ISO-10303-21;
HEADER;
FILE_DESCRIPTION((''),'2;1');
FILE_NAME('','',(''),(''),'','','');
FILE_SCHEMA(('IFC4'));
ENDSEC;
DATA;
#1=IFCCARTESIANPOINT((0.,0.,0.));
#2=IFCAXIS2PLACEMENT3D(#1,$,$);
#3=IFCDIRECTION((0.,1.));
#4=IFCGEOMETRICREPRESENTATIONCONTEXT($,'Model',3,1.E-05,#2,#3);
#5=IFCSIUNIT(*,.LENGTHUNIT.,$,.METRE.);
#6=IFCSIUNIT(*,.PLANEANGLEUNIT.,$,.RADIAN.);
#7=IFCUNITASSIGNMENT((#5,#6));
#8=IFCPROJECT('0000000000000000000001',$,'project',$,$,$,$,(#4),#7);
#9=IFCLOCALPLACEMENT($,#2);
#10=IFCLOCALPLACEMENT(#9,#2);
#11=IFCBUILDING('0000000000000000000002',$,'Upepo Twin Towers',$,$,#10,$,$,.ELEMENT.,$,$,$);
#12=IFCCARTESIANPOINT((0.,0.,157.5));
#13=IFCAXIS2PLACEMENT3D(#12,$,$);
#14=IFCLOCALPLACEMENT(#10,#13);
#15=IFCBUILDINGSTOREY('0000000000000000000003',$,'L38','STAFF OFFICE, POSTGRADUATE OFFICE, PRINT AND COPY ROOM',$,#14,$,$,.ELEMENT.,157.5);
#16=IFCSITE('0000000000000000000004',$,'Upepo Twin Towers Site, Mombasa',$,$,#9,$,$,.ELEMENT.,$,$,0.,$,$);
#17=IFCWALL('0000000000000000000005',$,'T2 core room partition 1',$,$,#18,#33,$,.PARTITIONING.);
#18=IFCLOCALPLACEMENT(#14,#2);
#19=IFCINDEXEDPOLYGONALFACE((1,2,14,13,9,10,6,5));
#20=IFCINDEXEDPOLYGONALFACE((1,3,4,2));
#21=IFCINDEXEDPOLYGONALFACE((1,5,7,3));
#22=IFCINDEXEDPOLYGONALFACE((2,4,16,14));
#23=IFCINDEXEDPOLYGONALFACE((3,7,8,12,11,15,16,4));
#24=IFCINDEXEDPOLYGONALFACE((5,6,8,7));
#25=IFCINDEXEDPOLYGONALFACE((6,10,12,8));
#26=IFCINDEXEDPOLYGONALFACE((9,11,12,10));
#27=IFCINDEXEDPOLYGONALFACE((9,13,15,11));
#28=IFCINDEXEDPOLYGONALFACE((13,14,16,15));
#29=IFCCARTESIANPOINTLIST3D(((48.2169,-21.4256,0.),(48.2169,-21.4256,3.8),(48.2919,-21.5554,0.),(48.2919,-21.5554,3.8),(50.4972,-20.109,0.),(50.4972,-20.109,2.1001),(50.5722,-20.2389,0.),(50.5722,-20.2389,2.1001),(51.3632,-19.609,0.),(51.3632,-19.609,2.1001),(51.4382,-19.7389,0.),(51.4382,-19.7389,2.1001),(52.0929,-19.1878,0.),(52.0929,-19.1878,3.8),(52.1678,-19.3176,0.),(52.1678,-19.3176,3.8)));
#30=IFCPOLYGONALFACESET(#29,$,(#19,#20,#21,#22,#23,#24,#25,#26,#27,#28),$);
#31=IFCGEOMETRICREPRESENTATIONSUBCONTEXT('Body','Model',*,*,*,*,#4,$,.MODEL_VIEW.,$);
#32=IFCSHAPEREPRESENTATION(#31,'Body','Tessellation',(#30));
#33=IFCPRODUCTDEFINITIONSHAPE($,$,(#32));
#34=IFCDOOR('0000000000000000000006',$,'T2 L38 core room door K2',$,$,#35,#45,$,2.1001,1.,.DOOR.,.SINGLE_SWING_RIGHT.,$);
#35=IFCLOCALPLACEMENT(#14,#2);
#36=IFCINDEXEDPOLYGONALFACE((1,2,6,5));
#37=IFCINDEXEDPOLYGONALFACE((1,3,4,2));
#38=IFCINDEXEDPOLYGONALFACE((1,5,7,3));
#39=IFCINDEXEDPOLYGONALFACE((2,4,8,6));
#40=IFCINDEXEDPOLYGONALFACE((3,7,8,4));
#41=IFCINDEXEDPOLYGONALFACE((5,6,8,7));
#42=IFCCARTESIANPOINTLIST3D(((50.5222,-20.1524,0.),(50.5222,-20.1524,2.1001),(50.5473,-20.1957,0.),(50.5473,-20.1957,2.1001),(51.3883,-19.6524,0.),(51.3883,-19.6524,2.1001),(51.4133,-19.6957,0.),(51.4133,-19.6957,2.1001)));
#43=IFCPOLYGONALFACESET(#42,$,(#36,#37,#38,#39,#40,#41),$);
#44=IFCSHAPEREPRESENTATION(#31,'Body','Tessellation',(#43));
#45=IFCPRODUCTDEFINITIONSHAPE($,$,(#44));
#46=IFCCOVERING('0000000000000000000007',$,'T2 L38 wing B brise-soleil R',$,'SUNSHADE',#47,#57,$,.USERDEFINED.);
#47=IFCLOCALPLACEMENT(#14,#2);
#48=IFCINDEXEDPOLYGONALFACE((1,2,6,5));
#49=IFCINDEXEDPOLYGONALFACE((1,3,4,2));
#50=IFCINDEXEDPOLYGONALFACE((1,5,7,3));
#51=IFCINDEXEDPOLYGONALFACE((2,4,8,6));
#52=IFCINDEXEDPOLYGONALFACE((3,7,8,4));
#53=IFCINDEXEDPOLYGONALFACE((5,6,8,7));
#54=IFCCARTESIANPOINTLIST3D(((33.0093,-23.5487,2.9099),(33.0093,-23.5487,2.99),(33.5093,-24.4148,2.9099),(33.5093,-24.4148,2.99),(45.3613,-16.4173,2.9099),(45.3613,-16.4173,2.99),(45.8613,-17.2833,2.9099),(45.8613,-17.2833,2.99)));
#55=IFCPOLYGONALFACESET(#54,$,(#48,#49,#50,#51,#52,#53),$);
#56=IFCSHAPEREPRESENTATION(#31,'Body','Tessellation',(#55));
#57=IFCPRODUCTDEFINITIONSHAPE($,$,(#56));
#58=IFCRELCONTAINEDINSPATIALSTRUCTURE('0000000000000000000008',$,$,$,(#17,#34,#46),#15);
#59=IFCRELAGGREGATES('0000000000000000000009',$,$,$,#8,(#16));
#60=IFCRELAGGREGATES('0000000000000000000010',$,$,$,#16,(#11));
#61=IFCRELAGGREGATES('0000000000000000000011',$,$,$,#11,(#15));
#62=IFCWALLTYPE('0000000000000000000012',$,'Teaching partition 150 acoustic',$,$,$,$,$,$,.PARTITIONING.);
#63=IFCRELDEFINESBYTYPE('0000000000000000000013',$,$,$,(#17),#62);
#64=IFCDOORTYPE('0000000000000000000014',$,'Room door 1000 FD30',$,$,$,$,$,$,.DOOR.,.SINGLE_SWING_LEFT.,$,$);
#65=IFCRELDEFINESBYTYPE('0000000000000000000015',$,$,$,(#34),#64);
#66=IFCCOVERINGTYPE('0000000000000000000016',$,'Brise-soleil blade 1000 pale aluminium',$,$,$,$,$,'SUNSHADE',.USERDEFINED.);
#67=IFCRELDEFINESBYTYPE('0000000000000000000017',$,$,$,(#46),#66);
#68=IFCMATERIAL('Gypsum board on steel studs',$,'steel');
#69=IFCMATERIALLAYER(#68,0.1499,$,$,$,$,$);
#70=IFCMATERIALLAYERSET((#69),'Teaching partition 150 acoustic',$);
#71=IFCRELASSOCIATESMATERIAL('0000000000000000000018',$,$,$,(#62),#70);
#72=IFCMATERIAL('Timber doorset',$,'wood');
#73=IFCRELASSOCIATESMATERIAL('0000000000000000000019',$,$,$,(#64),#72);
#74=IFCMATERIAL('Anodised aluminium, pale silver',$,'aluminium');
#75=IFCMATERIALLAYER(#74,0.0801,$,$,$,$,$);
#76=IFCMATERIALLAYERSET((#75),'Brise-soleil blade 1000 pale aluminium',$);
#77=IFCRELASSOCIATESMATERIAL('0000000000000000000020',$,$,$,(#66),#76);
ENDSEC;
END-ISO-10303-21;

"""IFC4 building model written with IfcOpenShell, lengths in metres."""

from ifc_helpers import new_model, si_unit, direction, frame, frame_2d, origin, origin_2d, place, context, subcontext, project, spatial, rectangle, extrude, material, layer, layer_set, type_object, element, fill, save


model = new_model("IFC4")

# Units and contexts
model_context = context("Model", 3, precision=1e-05, world=origin(), true_north=direction((0.0, 1.0)))
body_context = subcontext(model_context, "Body", "Model", "MODEL_VIEW")
ifc_project = project(units=[si_unit("LENGTHUNIT", "METRE"), si_unit("PLANEANGLEUNIT", "RADIAN")], contexts=[model_context])

# Site, building, storey
site_placement = place(None, origin())
site = spatial("IfcSite", under=ifc_project, at=site_placement, Name="Upepo Twin Towers Site, Mombasa", CompositionType="ELEMENT", RefElevation=0.0)
building_placement = place(site_placement, origin())
building = spatial("IfcBuilding", under=site, at=building_placement, Name="Upepo Twin Towers", CompositionType="ELEMENT")
storey_placement = place(building_placement, frame((0.0, 0.0, 157.5)))
storey = spatial("IfcBuildingStorey", under=building, at=storey_placement, Name="L38", Description="STAFF OFFICE, POSTGRADUATE OFFICE, PRINT AND COPY ROOM", CompositionType="ELEMENT", Elevation=157.5)

# Wall, opening, door
ifc_material_1 = material(Name="Gypsum board on steel studs", Category="steel")
ifc_layer_1 = layer(ifc_material_1, 0.1499)
ifc_layer_set_1 = layer_set([ifc_layer_1], Name="Teaching partition 150 acoustic")
wall_type_1 = type_object("IfcWallType", Name="Teaching partition 150 acoustic", PredefinedType="PARTITIONING", material=ifc_layer_set_1)
wall_1_placement = place(storey_placement, frame((48.2544, -21.4905, 0.0), z_axis=(0.0, 0.0, 1.0), x_axis=(0.866026, 0.499999, 0.0)))
wall_1 = element("IfcWall", 1, at=wall_1_placement, inside=storey, type_object=wall_type_1, Name="T2 core room partition 1", PredefinedType="PARTITIONING", context=body_context, shape_type="SweptSolid", body=[
    extrude(rectangle(XDim=4.4756, YDim=0.1499, at=frame_2d((2.2378, 0.0))), origin(), (0.0, 0.0, 1.0), 3.8),
])
opening_1_placement = place(wall_1_placement, frame((2.6331, 0.0, 0.0)))
opening_1 = element("IfcOpeningElement", 2, at=opening_1_placement, cuts=wall_1, PredefinedType="OPENING", context=body_context, shape_type="SweptSolid", body=[
    extrude(rectangle(XDim=1.0, YDim=2.1001, at=frame_2d((0.5, 1.05))), frame((0.0, 0.085, 0.0), z_axis=(0.0, -1.0, 0.0), x_axis=(1.0, 0.0, 0.0)), (0.0, 0.0, 1.0), 0.1699),
])
ifc_material_2 = material(Name="Timber doorset", Category="wood")
door_type_1 = type_object("IfcDoorType", Name="Room door 1000 FD30", OperationType="SINGLE_SWING_LEFT", PredefinedType="DOOR", material=ifc_material_2)
door_1_placement = place(opening_1_placement, origin())
door_1 = element("IfcDoor", 3, at=door_1_placement, inside=storey, type_object=door_type_1, Name="T2 L38 core room door K2", OperationType="SINGLE_SWING_RIGHT", OverallHeight=2.1001, OverallWidth=1.0, PredefinedType="DOOR", context=body_context, shape_type="SweptSolid", body=[
    extrude(rectangle(XDim=1.0, YDim=2.1001, at=frame_2d((0.5, 1.05))), frame((0.0, 0.0249, 0.0), z_axis=(0.0, -1.0, 0.0), x_axis=(1.0, 0.0, 0.0)), (0.0, 0.0, 1.0), 0.05),
])
fill(opening_1, door_1)

# Covering
ifc_material_3 = material(Name="Anodised aluminium, pale silver", Category="aluminium")
ifc_layer_2 = layer(ifc_material_3, 0.0801)
ifc_layer_set_2 = layer_set([ifc_layer_2], Name="Brise-soleil blade 1000 pale aluminium")
covering_type = type_object("IfcCoveringType", Name="Brise-soleil blade 1000 pale aluminium", ElementType="SUNSHADE", PredefinedType="USERDEFINED", material=ifc_layer_set_2)
covering_placement = place(storey_placement, frame((39.4353, -20.416, 2.9099), z_axis=(0.0, 0.0, 1.0), x_axis=(-0.866025, -0.5, 0.0)))
element("IfcCovering", 4, at=covering_placement, inside=storey, type_object=covering_type, Name="T2 L38 wing B brise-soleil R", ObjectType="SUNSHADE", PredefinedType="USERDEFINED", context=body_context, shape_type="SweptSolid", body=[
    extrude(rectangle(XDim=14.2629, YDim=1.0, at=origin_2d()), origin(), (0.0, 0.0, 1.0), 0.0801),
])

save(model, "model.ifc")
